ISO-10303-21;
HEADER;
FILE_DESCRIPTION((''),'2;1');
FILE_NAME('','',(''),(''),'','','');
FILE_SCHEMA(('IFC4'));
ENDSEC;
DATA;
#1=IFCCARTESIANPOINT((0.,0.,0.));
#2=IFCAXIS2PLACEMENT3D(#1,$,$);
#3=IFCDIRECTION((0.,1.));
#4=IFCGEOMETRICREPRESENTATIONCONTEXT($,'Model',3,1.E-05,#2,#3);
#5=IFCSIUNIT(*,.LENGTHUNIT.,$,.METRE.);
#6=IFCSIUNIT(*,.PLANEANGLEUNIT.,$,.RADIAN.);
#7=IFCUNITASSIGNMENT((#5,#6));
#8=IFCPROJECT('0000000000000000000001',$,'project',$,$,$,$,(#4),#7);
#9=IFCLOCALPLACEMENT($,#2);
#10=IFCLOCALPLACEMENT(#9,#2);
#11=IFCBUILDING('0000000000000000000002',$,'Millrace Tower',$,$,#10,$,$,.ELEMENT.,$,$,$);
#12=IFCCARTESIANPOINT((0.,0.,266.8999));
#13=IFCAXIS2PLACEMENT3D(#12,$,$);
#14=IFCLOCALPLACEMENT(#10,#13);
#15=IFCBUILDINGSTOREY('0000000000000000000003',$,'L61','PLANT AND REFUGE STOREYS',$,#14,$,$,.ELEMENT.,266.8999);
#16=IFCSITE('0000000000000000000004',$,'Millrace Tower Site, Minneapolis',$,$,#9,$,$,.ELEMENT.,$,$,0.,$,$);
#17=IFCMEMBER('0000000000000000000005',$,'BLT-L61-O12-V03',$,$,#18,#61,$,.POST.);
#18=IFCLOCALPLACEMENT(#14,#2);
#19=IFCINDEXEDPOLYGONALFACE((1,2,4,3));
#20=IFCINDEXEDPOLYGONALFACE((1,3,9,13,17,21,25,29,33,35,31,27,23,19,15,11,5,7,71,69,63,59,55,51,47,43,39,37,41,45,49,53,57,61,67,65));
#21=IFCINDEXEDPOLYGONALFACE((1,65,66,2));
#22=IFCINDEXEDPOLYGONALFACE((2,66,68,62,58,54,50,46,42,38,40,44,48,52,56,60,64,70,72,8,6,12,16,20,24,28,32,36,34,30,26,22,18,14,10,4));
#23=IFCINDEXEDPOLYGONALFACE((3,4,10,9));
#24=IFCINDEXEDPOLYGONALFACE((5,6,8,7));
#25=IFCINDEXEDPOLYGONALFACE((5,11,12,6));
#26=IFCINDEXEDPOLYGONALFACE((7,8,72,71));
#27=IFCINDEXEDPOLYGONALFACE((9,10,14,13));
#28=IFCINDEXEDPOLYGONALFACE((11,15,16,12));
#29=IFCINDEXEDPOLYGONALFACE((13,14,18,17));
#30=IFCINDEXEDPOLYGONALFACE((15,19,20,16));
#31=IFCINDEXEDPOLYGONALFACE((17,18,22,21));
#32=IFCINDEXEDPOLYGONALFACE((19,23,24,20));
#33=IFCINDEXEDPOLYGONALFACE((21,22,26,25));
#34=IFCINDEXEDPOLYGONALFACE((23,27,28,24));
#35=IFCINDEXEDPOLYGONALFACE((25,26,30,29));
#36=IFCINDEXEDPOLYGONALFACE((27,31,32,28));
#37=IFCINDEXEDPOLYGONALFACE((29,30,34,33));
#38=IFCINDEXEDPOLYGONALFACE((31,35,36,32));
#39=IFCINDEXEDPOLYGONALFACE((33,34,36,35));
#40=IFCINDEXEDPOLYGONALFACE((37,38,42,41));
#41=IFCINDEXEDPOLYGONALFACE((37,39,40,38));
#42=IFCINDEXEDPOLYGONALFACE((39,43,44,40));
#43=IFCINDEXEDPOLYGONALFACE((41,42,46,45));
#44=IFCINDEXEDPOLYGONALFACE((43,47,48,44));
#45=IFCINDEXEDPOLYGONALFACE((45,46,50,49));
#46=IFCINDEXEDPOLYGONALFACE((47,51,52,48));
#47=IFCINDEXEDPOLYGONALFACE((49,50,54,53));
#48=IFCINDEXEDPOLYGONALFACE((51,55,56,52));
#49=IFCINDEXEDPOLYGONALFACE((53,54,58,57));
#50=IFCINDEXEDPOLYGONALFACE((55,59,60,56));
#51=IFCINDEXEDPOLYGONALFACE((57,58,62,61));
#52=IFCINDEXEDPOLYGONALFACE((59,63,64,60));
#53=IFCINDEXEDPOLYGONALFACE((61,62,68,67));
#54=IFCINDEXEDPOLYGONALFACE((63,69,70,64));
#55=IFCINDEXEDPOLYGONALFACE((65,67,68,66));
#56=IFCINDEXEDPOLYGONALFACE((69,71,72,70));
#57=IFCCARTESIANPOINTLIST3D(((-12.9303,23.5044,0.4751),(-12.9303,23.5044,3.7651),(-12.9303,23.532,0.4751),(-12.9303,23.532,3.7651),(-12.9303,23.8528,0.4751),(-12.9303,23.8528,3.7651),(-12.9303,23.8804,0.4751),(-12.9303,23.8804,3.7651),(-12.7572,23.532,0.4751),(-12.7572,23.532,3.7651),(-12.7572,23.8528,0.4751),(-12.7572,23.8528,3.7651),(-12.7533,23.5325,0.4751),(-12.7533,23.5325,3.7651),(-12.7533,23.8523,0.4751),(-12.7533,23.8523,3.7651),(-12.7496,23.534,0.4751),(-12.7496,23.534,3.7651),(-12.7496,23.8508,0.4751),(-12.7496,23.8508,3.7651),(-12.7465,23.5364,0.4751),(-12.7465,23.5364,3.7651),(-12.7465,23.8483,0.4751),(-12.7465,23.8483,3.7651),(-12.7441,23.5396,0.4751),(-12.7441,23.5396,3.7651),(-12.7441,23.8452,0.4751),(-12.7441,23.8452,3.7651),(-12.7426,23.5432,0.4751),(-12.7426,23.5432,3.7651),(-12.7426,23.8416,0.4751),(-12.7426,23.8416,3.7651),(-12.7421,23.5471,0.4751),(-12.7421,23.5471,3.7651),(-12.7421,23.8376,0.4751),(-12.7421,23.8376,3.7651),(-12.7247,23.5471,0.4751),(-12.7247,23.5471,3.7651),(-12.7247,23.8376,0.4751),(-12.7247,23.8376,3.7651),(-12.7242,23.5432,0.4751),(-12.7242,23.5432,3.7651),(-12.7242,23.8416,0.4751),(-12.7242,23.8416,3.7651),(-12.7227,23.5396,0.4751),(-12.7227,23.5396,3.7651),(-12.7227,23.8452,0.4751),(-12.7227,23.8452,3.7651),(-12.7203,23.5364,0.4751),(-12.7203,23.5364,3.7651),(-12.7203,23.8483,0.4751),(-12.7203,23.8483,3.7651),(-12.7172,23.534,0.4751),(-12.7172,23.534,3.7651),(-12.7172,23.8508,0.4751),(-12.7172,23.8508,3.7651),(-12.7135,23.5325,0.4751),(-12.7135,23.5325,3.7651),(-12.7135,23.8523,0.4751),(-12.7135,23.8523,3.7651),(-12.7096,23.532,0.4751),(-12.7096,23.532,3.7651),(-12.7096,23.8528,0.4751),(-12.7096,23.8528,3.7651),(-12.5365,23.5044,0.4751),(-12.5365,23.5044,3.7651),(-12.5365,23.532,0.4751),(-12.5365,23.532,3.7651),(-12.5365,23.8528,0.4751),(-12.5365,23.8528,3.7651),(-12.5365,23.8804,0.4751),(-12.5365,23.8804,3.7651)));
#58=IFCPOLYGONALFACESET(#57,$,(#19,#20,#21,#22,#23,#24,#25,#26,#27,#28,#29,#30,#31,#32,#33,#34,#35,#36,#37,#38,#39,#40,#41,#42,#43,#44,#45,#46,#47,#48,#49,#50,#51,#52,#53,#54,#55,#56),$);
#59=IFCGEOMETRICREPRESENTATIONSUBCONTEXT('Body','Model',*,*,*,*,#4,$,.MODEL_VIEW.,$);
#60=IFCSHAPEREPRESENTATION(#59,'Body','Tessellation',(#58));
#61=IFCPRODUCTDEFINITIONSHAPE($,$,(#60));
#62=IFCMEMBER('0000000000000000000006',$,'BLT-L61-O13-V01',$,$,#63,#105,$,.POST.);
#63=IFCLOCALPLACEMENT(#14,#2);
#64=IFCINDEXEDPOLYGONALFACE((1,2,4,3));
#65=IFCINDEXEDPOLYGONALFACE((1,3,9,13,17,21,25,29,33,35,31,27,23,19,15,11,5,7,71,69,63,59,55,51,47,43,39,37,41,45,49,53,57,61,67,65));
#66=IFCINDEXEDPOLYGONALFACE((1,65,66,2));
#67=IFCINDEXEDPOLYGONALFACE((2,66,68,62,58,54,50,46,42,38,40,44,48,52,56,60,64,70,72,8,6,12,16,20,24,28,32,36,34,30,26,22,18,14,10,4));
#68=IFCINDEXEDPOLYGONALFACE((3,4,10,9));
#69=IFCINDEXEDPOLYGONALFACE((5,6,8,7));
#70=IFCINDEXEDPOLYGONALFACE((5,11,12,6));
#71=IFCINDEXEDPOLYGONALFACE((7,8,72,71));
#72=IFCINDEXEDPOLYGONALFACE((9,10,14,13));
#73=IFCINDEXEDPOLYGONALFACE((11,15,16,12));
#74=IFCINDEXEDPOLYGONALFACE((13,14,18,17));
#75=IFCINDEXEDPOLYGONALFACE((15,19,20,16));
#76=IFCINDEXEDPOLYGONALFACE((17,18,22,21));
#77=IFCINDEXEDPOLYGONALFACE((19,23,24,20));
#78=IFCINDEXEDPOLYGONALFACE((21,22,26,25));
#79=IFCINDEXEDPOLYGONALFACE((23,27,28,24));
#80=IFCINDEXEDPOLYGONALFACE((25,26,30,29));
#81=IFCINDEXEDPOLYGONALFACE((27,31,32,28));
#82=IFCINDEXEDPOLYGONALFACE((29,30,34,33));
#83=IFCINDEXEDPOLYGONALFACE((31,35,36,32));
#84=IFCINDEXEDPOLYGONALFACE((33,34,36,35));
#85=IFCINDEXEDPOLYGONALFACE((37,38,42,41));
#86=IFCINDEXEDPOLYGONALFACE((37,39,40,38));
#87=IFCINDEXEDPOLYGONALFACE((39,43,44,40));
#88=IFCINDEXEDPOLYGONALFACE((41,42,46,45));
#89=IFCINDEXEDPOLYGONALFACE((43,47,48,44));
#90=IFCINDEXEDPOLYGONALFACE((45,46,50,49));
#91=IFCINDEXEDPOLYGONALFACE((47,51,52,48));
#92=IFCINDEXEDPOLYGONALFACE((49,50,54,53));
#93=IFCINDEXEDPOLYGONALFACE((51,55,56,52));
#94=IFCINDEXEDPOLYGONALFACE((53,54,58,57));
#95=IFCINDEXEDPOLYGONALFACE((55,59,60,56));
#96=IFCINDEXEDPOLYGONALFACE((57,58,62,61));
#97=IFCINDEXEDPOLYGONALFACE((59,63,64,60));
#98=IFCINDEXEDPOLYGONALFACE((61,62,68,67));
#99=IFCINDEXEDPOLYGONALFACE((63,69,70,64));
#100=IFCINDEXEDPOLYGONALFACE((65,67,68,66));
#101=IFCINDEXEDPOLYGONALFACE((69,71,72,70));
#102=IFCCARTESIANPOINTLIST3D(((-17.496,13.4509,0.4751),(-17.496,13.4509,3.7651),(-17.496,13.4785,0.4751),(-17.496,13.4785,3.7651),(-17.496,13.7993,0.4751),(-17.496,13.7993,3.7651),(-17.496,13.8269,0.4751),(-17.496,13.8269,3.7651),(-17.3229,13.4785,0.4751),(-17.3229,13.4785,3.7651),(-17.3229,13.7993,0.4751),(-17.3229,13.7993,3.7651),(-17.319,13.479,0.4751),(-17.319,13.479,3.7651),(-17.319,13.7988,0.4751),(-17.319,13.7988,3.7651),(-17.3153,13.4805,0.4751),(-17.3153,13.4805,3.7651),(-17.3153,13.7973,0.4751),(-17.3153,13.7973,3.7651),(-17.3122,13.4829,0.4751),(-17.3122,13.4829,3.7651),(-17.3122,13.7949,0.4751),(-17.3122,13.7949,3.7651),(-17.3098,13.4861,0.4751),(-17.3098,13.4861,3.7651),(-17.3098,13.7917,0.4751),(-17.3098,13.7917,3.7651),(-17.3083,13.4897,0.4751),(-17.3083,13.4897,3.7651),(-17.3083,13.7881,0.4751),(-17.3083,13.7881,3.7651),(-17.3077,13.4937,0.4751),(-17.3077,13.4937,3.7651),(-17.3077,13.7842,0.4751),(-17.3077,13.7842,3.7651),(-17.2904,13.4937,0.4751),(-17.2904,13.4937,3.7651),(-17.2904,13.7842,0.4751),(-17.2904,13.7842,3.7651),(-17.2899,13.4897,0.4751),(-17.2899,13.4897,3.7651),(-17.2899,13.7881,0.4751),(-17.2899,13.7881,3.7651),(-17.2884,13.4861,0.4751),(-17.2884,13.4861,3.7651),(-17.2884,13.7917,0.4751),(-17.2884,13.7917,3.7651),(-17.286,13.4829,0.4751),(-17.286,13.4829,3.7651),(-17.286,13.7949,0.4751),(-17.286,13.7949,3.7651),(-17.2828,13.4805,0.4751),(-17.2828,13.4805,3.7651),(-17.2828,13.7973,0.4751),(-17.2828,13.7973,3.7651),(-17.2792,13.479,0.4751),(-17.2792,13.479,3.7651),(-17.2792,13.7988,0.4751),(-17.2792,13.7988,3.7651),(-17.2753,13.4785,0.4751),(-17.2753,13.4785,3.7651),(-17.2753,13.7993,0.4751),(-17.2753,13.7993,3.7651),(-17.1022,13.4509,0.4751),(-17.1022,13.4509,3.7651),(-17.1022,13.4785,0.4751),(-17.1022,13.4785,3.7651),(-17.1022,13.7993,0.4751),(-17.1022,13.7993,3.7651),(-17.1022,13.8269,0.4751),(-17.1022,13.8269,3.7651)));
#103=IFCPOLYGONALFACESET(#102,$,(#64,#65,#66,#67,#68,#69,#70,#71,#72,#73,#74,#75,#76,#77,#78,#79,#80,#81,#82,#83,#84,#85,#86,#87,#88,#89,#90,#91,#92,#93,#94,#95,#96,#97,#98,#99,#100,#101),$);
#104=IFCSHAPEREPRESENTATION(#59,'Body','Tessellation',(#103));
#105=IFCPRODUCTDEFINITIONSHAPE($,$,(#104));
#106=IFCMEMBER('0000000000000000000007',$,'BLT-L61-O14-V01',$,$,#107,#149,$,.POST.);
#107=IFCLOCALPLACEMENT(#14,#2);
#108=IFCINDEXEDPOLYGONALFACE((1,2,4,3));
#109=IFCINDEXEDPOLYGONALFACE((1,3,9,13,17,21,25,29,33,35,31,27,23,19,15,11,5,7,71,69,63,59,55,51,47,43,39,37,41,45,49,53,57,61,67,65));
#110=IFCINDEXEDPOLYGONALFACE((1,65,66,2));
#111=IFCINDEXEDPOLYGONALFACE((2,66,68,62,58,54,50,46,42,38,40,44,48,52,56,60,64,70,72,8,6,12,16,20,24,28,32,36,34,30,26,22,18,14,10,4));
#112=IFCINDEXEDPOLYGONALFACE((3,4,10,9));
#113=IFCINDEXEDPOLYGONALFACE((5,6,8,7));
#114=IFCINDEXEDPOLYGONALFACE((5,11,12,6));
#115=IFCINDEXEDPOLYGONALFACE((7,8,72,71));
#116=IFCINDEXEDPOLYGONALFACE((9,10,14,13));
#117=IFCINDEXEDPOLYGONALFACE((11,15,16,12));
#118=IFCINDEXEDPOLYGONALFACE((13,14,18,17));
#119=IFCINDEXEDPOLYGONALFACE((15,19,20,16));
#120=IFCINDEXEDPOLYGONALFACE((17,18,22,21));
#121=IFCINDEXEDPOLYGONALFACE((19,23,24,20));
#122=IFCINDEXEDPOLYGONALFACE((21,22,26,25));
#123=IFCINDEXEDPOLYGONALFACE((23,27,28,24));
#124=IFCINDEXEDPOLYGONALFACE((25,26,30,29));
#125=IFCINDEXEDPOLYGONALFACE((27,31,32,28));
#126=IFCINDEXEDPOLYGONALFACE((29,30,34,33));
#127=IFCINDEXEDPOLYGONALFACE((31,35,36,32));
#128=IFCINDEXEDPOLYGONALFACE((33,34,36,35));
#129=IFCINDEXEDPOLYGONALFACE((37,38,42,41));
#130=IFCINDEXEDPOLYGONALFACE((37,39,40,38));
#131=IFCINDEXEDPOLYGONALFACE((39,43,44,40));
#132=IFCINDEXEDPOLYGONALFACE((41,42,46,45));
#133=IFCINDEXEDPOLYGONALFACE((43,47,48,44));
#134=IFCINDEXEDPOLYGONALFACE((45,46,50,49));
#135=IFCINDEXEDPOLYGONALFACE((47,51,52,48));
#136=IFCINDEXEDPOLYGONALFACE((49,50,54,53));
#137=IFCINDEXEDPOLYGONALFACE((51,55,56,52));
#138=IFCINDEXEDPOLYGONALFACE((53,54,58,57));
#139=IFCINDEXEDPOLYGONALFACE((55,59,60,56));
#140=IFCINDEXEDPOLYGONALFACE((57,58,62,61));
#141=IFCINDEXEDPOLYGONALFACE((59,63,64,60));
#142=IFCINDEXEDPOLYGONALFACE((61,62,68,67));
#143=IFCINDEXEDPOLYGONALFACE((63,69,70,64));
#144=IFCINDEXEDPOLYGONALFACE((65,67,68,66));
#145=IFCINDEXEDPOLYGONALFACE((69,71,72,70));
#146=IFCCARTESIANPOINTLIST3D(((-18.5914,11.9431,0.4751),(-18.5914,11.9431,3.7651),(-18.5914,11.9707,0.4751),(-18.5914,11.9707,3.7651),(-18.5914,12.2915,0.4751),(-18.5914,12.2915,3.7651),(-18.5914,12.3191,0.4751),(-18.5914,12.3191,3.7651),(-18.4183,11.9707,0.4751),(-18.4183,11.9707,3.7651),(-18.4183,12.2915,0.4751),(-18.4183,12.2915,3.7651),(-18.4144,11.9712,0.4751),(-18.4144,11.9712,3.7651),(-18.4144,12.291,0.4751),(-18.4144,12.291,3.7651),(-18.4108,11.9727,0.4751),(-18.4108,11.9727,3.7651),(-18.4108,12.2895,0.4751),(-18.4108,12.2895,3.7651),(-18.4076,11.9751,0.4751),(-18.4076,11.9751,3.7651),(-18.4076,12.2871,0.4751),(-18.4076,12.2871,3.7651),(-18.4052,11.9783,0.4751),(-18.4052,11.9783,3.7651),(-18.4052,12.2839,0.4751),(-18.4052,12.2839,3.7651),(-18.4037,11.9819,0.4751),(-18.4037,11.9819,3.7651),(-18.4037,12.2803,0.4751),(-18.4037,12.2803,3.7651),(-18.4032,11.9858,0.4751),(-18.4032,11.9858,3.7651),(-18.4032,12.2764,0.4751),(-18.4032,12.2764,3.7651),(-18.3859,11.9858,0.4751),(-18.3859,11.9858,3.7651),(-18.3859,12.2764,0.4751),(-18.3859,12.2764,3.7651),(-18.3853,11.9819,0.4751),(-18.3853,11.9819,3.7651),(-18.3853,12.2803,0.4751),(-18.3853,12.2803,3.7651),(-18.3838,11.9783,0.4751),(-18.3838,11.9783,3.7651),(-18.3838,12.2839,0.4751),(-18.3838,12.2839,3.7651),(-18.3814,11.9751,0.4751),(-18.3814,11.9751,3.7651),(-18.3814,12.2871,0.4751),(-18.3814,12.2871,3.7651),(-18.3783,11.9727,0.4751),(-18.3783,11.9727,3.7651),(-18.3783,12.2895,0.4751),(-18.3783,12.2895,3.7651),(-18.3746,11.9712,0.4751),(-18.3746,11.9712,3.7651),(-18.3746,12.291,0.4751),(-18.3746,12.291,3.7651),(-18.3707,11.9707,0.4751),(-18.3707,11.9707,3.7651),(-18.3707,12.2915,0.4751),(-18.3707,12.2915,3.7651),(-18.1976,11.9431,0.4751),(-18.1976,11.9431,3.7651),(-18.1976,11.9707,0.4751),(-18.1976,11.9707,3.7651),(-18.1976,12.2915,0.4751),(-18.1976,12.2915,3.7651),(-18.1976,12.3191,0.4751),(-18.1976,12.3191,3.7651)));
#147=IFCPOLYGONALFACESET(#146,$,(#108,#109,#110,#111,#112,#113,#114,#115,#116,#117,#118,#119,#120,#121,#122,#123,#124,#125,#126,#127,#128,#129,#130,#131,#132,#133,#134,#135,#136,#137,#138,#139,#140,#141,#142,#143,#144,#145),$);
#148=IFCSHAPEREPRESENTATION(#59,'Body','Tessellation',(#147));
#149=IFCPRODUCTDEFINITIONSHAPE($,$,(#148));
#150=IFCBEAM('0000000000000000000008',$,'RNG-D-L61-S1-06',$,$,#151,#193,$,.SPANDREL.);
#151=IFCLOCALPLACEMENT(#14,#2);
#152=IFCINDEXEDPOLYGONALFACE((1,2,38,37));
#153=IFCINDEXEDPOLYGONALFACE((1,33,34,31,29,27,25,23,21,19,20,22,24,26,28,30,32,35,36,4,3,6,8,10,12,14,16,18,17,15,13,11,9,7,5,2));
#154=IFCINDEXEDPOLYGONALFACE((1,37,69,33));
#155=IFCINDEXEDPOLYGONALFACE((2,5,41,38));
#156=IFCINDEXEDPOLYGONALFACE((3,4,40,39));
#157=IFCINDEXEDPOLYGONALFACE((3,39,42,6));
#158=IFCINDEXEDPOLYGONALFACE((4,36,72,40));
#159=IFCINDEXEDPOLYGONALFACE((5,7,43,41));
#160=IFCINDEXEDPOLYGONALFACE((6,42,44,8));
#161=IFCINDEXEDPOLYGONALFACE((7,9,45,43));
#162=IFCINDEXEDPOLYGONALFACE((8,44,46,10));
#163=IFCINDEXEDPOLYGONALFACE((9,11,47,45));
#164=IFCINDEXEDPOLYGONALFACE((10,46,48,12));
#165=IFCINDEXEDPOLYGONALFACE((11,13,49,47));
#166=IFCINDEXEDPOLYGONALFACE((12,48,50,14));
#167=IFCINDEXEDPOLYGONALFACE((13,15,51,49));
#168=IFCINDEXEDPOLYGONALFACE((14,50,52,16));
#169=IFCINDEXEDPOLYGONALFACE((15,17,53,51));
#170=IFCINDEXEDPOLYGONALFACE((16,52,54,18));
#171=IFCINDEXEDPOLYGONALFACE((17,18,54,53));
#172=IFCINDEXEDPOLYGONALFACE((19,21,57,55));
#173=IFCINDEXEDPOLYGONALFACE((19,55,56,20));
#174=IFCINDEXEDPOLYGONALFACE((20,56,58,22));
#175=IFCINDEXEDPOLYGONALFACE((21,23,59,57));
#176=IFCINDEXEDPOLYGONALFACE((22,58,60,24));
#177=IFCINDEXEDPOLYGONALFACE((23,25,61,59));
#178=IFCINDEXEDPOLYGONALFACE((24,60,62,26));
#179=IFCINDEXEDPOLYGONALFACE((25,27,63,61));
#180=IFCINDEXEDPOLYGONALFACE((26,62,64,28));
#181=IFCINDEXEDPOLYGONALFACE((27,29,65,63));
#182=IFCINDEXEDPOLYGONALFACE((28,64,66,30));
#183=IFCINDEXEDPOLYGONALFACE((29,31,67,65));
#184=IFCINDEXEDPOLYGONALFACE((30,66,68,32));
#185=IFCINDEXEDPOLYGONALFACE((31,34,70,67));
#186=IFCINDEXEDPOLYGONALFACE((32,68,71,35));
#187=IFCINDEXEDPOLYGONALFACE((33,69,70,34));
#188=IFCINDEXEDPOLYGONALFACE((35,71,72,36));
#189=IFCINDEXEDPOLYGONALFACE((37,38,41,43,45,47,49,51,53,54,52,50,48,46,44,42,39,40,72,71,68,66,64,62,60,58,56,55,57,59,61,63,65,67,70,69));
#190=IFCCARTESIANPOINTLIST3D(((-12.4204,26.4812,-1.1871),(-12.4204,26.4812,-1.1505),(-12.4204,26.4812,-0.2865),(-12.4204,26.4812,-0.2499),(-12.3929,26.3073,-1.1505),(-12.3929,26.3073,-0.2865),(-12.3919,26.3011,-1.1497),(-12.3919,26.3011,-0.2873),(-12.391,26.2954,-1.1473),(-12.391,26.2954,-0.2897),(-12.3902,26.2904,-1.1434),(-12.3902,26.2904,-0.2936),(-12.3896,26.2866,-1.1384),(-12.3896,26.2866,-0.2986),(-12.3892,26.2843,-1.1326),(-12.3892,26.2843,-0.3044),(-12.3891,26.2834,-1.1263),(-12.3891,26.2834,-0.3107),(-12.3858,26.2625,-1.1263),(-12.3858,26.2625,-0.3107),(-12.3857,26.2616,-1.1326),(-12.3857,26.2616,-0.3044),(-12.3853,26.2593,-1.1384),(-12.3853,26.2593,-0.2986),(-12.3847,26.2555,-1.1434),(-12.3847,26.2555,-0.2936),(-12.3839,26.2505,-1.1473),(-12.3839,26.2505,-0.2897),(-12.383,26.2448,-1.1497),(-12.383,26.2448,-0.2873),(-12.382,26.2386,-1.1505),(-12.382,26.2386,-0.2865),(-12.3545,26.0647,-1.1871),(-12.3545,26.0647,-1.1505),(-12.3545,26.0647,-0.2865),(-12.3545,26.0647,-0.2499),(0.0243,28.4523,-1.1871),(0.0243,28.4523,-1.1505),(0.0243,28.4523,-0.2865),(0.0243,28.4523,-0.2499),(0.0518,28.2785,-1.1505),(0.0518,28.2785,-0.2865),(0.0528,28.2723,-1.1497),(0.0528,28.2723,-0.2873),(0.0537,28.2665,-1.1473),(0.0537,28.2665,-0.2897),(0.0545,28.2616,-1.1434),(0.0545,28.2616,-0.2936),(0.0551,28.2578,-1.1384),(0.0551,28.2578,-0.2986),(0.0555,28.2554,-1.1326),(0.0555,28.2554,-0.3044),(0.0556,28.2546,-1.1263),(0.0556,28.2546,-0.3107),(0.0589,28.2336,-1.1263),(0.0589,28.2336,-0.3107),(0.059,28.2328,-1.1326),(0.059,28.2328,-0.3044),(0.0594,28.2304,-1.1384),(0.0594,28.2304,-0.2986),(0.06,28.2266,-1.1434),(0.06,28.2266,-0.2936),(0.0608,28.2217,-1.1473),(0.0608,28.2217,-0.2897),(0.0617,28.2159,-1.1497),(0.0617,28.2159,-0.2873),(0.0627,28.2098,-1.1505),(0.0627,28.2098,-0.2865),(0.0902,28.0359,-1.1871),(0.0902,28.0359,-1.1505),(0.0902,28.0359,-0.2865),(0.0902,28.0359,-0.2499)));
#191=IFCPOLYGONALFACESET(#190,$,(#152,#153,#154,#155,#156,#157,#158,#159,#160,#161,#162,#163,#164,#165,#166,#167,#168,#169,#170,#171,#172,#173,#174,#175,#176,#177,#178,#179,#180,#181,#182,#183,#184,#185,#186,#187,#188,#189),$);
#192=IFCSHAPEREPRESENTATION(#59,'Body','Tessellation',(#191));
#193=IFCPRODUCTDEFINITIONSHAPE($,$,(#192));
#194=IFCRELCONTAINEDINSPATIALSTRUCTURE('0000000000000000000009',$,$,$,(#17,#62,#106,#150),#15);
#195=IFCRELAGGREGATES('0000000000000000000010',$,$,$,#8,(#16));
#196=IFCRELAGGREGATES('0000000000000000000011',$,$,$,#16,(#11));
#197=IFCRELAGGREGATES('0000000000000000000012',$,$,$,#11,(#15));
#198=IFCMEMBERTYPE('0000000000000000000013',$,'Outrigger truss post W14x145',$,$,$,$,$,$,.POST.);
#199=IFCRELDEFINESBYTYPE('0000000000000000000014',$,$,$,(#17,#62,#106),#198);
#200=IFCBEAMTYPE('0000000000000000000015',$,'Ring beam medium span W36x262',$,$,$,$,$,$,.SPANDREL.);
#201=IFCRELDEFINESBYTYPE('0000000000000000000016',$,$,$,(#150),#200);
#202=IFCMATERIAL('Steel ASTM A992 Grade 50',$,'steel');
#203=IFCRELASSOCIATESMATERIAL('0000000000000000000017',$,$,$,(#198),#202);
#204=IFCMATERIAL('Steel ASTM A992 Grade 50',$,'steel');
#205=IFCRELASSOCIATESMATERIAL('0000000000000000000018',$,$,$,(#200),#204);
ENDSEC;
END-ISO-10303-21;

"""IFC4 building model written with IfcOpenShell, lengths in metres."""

from ifc_helpers import new_model, si_unit, direction, frame, origin, origin_2d, place, context, subcontext, project, spatial, i_section, extrude, material, material_profile, profile_set, type_object, element, save


model = new_model("IFC4")

# Units and contexts
model_context = context("Model", 3, precision=1e-05, world=origin(), true_north=direction((0.0, 1.0)))
body_context = subcontext(model_context, "Body", "Model", "MODEL_VIEW")
ifc_project = project(units=[si_unit("LENGTHUNIT", "METRE"), si_unit("PLANEANGLEUNIT", "RADIAN")], contexts=[model_context])

# Site, building, storey
site_placement = place(None, origin())
site = spatial("IfcSite", under=ifc_project, at=site_placement, Name="Millrace Tower Site, Minneapolis", CompositionType="ELEMENT", RefElevation=0.0)
building_placement = place(site_placement, origin())
building = spatial("IfcBuilding", under=site, at=building_placement, Name="Millrace Tower", CompositionType="ELEMENT")
storey_placement = place(building_placement, frame((0.0, 0.0, 266.8999)))
storey = spatial("IfcBuildingStorey", under=building, at=storey_placement, Name="L61", Description="PLANT AND REFUGE STOREYS", CompositionType="ELEMENT", Elevation=266.8999)

# Members
ifc_material_1 = material(Name="Steel ASTM A992 Grade 50", Category="steel")
ifc_material_profile_1 = material_profile(ifc_material_1, i_section(OverallWidth=0.3938, OverallDepth=0.376, WebThickness=0.0173, FlangeThickness=0.0276, FilletRadius=0.0151, at=origin_2d()))
ifc_profile_set_1 = profile_set([ifc_material_profile_1], Name="Steel ASTM A992 Grade 50")
member_type_1 = type_object("IfcMemberType", Name="Outrigger truss post W14x145", PredefinedType="POST", material=ifc_profile_set_1)
for number, where, z_axis, x_axis, name in (
    (1, (-12.7334, 23.6924, 0.4751), (0.0, 0.0, 1.0), (1.0, 0.0, 0.0), "BLT-L61-O12-V03"),
    (2, (-17.2991, 13.6389, 0.4751), (0.0, 0.0, 1.0), (1.0, 0.0, 0.0), "BLT-L61-O13-V01"),
    (3, (-18.3945, 12.1311, 0.4751), (0.0, 0.0, 1.0), (1.0, 0.0, 0.0), "BLT-L61-O14-V01"),
):
    element("IfcMember", number, at=place(storey_placement, frame(where, z_axis=z_axis, x_axis=x_axis)), inside=storey, type_object=member_type_1, Name=name, PredefinedType="POST", context=body_context, shape_type="SweptSolid", body=[
        extrude(i_section(OverallWidth=0.3938, OverallDepth=0.376, WebThickness=0.0173, FlangeThickness=0.0276, FilletRadius=0.0151, at=origin_2d()), origin(), (0.0, 0.0, 1.0), 3.29),
    ])

# Beam
ifc_material_2 = material(Name="Steel ASTM A992 Grade 50", Category="steel")
ifc_material_profile_2 = material_profile(ifc_material_2, i_section(OverallWidth=0.4216, OverallDepth=0.9373, WebThickness=0.0212, FlangeThickness=0.0366, FilletRadius=0.0242, at=origin_2d()))
ifc_profile_set_2 = profile_set([ifc_material_profile_2], Name="Steel ASTM A992 Grade 50")
beam_type_1 = type_object("IfcBeamType", Name="Ring beam medium span W36x262", PredefinedType="SPANDREL", material=ifc_profile_set_2)
beam_1_placement = place(storey_placement, frame((-12.3875, 26.2729, -0.7185), z_axis=(0.987687, 0.156444, 0.0), x_axis=(-0.156444, 0.987687, 0.0)))
element("IfcBeam", 4, at=beam_1_placement, inside=storey, type_object=beam_type_1, Name="RNG-D-L61-S1-06", PredefinedType="SPANDREL", context=body_context, shape_type="SweptSolid", body=[
    extrude(i_section(OverallWidth=0.4216, OverallDepth=0.9373, WebThickness=0.0212, FlangeThickness=0.0366, FilletRadius=0.0242, at=origin_2d()), origin(), (0.0, 0.0, 1.0), 12.5999),
])

save(model, "model.ifc")
